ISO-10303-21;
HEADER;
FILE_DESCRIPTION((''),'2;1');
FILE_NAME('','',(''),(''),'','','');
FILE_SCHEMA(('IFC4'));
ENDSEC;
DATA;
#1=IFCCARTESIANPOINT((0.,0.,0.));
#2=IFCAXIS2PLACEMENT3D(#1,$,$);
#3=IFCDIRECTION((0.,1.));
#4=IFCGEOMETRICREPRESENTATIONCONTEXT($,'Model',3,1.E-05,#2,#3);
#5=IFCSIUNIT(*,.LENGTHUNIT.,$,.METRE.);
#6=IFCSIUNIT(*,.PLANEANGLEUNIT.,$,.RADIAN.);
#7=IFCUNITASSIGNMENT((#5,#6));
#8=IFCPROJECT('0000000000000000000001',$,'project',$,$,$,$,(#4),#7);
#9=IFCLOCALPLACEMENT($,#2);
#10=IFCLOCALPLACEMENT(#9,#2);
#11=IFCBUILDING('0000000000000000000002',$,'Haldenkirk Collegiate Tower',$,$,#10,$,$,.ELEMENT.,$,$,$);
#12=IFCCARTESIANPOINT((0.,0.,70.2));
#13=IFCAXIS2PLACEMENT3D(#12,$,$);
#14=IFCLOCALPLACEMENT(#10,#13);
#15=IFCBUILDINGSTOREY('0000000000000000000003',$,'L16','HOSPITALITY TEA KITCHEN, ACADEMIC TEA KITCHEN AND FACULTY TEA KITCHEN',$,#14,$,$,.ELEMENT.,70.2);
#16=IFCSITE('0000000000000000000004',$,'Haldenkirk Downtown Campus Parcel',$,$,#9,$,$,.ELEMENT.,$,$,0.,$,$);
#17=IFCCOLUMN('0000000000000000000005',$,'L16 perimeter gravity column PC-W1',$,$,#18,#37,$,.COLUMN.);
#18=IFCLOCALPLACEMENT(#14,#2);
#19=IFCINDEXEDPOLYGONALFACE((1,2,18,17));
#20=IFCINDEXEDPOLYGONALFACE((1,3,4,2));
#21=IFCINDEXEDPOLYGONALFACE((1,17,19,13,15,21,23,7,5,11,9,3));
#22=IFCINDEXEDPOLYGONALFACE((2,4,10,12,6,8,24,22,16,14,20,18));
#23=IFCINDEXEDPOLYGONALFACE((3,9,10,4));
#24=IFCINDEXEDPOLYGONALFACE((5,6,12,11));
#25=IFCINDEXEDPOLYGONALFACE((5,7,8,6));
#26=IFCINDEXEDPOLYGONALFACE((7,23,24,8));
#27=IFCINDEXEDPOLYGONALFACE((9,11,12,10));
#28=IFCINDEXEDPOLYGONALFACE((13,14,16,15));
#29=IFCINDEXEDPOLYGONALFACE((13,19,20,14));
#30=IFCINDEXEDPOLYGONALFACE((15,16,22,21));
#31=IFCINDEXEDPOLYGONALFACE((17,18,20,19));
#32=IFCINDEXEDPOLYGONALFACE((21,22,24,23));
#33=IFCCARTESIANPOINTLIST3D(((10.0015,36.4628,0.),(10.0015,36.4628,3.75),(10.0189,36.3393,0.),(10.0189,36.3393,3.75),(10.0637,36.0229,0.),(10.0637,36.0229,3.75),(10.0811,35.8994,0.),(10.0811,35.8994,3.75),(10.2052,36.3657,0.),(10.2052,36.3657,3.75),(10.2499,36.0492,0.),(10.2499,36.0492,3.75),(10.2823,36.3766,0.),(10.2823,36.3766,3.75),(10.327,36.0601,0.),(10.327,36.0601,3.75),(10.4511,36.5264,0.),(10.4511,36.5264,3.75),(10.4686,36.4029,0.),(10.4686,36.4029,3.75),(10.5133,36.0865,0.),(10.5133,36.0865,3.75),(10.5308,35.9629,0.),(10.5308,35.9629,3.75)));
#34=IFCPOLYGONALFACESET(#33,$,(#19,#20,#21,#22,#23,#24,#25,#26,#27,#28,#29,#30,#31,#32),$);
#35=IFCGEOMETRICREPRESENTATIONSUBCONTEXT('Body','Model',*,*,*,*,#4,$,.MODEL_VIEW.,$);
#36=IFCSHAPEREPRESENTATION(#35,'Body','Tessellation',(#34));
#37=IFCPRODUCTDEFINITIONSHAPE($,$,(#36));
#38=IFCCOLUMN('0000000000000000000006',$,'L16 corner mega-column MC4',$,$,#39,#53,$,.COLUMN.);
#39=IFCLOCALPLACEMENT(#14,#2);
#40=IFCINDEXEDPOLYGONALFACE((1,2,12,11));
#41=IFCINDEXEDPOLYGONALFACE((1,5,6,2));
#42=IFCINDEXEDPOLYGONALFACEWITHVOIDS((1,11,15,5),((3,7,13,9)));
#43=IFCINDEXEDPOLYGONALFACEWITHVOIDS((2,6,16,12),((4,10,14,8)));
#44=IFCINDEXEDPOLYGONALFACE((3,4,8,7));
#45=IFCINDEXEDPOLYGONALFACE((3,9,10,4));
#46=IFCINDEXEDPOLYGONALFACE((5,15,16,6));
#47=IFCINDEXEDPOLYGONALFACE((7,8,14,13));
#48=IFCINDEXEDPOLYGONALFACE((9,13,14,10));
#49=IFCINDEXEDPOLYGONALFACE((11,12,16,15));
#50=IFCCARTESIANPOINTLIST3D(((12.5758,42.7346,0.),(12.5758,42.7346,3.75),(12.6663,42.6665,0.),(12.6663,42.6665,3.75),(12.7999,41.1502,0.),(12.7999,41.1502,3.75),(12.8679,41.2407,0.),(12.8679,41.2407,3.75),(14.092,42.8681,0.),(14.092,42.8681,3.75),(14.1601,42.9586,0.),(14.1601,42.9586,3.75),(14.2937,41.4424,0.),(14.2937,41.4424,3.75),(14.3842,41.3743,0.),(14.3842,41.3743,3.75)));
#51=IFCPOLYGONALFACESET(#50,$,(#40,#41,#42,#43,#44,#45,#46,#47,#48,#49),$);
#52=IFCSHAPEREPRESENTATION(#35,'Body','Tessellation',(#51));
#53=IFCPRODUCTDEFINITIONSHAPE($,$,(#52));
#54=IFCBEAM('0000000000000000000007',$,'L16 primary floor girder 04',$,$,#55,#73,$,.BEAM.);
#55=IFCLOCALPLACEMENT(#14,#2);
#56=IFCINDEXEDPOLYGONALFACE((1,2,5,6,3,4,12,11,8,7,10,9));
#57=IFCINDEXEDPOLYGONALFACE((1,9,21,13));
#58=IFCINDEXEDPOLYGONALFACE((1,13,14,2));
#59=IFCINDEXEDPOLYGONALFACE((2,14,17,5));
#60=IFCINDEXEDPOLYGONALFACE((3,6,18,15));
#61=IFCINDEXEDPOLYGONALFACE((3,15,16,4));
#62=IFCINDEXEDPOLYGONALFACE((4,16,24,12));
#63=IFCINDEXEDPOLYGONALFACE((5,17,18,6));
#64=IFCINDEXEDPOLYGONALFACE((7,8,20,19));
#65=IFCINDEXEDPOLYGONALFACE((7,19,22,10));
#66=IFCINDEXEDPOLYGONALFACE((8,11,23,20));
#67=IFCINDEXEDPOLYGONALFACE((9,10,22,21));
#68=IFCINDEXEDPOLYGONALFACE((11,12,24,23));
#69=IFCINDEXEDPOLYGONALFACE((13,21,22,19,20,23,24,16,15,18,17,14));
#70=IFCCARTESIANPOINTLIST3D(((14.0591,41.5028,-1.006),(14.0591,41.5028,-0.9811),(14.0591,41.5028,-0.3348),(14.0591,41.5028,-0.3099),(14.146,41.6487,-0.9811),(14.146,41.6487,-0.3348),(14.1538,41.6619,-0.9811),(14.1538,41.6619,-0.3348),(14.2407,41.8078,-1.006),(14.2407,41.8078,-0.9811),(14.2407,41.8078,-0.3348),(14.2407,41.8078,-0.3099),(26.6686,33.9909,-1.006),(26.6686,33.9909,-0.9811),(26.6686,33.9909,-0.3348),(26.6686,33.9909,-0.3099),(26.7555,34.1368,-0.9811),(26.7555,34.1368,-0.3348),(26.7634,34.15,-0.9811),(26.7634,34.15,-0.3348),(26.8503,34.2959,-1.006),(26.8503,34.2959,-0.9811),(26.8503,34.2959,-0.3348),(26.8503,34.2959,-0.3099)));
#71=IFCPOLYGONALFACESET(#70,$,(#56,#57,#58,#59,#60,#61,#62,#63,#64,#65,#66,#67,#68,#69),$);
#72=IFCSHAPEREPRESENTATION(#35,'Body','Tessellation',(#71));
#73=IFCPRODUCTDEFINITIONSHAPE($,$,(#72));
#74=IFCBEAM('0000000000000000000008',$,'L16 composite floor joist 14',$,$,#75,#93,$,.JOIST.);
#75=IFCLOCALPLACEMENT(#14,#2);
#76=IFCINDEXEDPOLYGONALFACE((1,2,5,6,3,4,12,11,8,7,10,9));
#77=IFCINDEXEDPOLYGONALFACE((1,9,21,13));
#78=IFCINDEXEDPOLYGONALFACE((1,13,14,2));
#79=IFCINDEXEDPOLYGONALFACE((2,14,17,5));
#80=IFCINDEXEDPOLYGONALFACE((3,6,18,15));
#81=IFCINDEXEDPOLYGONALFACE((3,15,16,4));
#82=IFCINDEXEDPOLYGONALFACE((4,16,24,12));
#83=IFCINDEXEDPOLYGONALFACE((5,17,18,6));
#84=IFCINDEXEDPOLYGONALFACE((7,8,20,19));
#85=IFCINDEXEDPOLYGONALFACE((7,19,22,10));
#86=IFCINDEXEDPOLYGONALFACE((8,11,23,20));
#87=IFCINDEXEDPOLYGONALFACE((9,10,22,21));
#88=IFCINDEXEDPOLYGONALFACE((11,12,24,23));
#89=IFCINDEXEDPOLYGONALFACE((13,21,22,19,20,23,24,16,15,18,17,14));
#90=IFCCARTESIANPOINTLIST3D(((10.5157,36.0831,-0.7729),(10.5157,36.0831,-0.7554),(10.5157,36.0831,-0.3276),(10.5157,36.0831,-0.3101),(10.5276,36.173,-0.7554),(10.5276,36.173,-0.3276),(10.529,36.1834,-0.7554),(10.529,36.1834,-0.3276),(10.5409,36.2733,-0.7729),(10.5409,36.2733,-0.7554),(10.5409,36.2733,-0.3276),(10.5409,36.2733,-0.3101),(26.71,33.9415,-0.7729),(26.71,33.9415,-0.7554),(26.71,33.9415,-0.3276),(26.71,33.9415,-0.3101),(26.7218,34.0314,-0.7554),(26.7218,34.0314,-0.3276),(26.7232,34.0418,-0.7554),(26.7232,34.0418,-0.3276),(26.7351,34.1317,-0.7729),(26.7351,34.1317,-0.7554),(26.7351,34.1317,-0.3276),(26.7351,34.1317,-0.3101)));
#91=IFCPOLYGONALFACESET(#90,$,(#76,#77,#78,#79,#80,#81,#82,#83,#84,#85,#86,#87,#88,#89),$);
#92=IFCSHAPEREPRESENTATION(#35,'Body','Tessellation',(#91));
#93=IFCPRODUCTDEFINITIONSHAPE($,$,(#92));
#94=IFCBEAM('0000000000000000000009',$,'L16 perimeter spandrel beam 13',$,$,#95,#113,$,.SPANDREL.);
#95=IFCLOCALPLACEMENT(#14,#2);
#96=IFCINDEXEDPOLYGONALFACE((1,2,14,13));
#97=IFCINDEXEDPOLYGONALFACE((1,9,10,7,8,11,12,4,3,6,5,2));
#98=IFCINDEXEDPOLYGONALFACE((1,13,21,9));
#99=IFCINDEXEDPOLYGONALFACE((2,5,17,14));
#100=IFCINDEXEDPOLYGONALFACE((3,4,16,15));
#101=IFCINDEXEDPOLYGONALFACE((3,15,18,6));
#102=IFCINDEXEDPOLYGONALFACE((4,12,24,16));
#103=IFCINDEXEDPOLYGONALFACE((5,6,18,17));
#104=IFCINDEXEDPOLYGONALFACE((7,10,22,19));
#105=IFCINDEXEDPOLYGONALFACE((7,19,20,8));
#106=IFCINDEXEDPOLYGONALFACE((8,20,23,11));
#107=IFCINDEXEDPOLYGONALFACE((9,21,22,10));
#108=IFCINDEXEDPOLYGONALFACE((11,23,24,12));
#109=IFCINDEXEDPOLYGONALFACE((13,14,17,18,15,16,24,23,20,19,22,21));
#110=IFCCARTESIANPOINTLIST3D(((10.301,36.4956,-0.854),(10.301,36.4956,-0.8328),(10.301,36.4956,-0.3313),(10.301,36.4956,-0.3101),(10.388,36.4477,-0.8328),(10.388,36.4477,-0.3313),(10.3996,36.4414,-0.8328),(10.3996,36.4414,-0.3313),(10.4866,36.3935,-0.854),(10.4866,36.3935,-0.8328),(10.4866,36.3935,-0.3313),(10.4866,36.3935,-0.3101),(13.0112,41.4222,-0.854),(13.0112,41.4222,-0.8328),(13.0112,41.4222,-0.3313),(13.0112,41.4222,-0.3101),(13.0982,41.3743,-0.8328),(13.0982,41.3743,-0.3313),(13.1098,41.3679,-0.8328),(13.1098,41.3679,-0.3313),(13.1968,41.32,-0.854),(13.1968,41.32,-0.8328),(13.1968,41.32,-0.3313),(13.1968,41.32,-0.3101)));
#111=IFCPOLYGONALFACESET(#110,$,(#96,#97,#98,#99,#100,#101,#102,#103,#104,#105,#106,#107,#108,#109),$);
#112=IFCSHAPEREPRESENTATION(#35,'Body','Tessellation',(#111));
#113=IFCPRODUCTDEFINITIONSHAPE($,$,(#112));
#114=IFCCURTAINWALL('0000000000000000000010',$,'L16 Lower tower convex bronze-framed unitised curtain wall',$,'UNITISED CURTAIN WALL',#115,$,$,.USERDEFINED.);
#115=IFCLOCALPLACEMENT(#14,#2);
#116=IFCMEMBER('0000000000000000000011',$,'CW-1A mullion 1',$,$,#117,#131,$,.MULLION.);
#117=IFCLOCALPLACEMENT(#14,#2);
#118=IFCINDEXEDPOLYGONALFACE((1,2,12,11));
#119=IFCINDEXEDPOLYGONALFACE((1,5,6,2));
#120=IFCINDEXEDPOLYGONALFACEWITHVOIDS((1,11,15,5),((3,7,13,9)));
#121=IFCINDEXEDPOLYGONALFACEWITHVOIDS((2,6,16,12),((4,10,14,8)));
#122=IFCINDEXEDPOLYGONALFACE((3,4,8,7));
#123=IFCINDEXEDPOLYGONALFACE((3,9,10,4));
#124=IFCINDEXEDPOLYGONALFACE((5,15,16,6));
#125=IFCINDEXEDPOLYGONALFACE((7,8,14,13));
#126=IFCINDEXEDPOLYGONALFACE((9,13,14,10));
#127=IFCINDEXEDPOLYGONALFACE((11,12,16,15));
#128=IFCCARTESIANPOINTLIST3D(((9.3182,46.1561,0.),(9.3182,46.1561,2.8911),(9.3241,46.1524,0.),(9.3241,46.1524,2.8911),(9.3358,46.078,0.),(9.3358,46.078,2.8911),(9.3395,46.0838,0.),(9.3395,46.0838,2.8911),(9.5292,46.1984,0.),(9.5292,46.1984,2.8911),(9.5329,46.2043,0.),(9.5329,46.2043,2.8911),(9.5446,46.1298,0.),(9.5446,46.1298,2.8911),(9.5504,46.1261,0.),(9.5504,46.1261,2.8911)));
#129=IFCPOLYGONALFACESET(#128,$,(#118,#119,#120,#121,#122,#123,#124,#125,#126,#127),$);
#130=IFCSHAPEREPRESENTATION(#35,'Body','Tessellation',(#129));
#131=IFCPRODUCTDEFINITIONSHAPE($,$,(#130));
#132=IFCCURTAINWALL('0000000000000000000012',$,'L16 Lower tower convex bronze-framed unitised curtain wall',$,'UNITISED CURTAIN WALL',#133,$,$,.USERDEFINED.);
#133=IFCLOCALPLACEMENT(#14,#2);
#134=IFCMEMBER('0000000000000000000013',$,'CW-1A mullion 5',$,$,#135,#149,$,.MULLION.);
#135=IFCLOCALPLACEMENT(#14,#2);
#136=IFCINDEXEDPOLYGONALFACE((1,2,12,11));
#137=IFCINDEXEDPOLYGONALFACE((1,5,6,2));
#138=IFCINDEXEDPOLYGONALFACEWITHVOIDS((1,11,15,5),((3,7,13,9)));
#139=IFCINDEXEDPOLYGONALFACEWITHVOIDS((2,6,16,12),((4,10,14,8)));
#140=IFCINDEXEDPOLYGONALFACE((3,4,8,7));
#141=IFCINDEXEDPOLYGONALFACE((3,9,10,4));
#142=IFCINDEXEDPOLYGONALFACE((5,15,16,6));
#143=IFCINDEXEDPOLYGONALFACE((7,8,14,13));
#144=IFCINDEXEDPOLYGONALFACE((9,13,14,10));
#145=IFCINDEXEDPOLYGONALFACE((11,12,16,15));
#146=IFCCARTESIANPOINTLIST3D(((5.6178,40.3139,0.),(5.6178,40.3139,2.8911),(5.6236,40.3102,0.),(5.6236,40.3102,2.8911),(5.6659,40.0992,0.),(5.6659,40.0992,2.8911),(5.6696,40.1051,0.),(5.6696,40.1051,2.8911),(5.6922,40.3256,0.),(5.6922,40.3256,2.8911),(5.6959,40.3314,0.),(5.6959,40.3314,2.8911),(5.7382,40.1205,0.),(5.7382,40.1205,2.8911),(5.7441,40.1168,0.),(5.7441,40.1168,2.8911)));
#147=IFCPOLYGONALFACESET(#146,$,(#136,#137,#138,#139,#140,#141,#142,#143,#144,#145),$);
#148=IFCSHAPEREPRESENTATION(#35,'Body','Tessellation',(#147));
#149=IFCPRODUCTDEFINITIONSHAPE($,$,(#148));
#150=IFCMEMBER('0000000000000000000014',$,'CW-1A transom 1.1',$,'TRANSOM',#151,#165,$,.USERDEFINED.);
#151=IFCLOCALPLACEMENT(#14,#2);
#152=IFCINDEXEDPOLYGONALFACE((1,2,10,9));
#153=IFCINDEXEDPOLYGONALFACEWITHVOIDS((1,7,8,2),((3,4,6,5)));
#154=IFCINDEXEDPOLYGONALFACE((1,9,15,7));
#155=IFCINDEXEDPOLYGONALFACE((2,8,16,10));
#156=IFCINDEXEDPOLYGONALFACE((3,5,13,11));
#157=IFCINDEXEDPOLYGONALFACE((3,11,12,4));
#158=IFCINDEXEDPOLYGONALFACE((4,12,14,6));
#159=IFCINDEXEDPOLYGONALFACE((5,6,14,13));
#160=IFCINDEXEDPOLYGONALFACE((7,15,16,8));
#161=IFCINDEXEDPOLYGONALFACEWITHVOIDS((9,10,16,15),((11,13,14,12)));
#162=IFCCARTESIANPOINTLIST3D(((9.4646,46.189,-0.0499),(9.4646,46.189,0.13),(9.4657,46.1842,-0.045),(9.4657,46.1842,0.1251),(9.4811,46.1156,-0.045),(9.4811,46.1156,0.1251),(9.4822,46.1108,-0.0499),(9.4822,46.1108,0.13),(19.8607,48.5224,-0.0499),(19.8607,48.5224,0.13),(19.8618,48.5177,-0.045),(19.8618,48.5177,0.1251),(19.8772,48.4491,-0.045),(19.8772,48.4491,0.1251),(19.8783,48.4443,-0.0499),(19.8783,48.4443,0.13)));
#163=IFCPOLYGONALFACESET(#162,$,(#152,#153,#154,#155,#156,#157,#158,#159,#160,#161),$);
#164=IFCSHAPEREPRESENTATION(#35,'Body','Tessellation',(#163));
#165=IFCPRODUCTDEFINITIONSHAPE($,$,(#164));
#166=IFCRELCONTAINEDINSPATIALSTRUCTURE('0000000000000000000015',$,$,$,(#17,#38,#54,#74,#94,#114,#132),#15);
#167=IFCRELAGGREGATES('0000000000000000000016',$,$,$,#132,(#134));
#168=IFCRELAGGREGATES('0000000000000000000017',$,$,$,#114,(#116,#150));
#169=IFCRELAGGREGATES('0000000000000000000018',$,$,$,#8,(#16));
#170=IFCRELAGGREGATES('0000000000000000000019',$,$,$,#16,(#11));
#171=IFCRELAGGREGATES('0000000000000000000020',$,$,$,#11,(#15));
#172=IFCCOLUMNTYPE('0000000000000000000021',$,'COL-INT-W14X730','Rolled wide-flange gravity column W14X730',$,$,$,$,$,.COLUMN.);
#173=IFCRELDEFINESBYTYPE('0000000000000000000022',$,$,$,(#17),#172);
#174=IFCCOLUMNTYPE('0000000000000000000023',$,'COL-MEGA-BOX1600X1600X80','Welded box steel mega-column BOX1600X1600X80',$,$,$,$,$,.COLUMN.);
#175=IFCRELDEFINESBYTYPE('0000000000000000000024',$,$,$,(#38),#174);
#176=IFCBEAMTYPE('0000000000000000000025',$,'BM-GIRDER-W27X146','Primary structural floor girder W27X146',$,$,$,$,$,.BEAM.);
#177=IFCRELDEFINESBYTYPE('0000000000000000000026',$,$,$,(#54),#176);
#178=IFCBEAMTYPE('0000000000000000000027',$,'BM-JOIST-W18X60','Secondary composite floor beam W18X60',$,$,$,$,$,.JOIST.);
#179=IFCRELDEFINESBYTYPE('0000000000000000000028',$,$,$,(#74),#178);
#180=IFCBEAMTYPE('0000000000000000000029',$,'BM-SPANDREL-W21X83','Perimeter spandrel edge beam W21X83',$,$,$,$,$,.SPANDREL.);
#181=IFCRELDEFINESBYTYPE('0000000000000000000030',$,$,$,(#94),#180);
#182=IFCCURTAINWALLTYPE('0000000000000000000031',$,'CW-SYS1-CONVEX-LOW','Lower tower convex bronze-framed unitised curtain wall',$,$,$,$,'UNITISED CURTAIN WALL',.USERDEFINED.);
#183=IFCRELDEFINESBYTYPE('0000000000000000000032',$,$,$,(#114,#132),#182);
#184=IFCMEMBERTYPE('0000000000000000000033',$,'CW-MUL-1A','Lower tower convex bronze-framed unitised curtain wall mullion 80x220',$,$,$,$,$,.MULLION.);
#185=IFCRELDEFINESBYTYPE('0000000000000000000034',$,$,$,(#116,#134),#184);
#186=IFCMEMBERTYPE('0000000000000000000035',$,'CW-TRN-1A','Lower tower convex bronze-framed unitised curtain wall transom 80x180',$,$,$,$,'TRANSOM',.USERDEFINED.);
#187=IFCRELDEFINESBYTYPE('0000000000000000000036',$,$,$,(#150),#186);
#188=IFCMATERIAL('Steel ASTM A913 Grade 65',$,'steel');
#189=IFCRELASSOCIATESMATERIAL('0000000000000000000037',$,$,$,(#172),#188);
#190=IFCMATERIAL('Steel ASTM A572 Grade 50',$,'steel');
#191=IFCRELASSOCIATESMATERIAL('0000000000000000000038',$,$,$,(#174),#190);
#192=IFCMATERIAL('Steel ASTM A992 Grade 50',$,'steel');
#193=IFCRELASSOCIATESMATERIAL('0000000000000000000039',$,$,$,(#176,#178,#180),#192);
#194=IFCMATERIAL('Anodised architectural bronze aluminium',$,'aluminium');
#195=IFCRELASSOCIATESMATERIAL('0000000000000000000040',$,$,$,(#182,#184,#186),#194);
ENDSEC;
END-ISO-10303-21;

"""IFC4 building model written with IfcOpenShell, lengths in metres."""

from ifc_helpers import new_model, si_unit, direction, frame, origin, origin_2d, place, context, subcontext, project, spatial, hollow_rectangle, i_section, extrude, material, material_profile, profile_set, type_object, element, aggregate, save


model = new_model("IFC4")

# Units and contexts
model_context = context("Model", 3, precision=1e-05, world=origin(), true_north=direction((0.0, 1.0)))
body_context = subcontext(model_context, "Body", "Model", "MODEL_VIEW")
ifc_project = project(units=[si_unit("LENGTHUNIT", "METRE"), si_unit("PLANEANGLEUNIT", "RADIAN")], contexts=[model_context])

# Site, building, storey
site_placement = place(None, origin())
site = spatial("IfcSite", under=ifc_project, at=site_placement, Name="Haldenkirk Downtown Campus Parcel", CompositionType="ELEMENT", RefElevation=0.0)
building_placement = place(site_placement, origin())
building = spatial("IfcBuilding", under=site, at=building_placement, Name="Haldenkirk Collegiate Tower", CompositionType="ELEMENT")
storey_placement = place(building_placement, frame((0.0, 0.0, 70.2)))
storey = spatial("IfcBuildingStorey", under=building, at=storey_placement, Name="L16", Description="HOSPITALITY TEA KITCHEN, ACADEMIC TEA KITCHEN AND FACULTY TEA KITCHEN", CompositionType="ELEMENT", Elevation=70.2)

# Columns
ifc_material_1 = material(Name="Steel ASTM A913 Grade 65", Category="steel")
ifc_material_profile_1 = material_profile(ifc_material_1, i_section(OverallWidth=0.4541, OverallDepth=0.5691, WebThickness=0.0779, FlangeThickness=0.1248, at=origin_2d()), Name="W14X730")
ifc_profile_set_1 = profile_set([ifc_material_profile_1], Name="Steel ASTM A913 Grade 65")
column_type_1 = type_object("IfcColumnType", Name="COL-INT-W14X730", Description="Rolled wide-flange gravity column W14X730", PredefinedType="COLUMN", material=ifc_profile_set_1)
column_1_placement = place(storey_placement, frame((10.2661, 36.2129, 0.0), z_axis=(0.0, 0.0, 1.0), x_axis=(0.990146, 0.140037, 0.0)))
element("IfcColumn", 1, at=column_1_placement, inside=storey, type_object=column_type_1, Name="L16 perimeter gravity column PC-W1", PredefinedType="COLUMN", context=body_context, shape_type="SweptSolid", body=[
    extrude(i_section(OverallWidth=0.4541, OverallDepth=0.5691, WebThickness=0.0779, FlangeThickness=0.1248, at=origin_2d()), origin(), (0.0, 0.0, 1.0), 3.75),
])
ifc_material_2 = material(Name="Steel ASTM A572 Grade 50", Category="steel")
ifc_material_profile_2 = material_profile(ifc_material_2, hollow_rectangle(XDim=1.6001, YDim=1.6001, WallThickness=0.0801, at=origin_2d()), Name="BOX1600X1600X80")
ifc_profile_set_2 = profile_set([ifc_material_profile_2], Name="Steel ASTM A572 Grade 50")
column_type_2 = type_object("IfcColumnType", Name="COL-MEGA-BOX1600X1600X80", Description="Welded box steel mega-column BOX1600X1600X80", PredefinedType="COLUMN", material=ifc_profile_set_2)
column_2_placement = place(storey_placement, frame((13.48, 42.0544, 0.0), z_axis=(0.0, 0.0, 1.0), x_axis=(0.990146, 0.140037, 0.0)))
element("IfcColumn", 2, at=column_2_placement, inside=storey, type_object=column_type_2, Name="L16 corner mega-column MC4", PredefinedType="COLUMN", context=body_context, shape_type="SweptSolid", body=[
    extrude(hollow_rectangle(XDim=1.6001, YDim=1.6001, WallThickness=0.0801, at=origin_2d()), origin(), (0.0, 0.0, 1.0), 3.75),
])

# Beams
ifc_material_3 = material(Name="Steel ASTM A992 Grade 50", Category="steel")
ifc_material_profile_3 = material_profile(ifc_material_3, i_section(OverallWidth=0.355, OverallDepth=0.696, WebThickness=0.0154, FlangeThickness=0.0249, at=origin_2d()), Name="W27X146")
ifc_profile_set_3 = profile_set([ifc_material_profile_3], Name="Steel ASTM A992 Grade 50")
beam_type_1 = type_object("IfcBeamType", Name="BM-GIRDER-W27X146", Description="Primary structural floor girder W27X146", PredefinedType="BEAM", material=ifc_profile_set_3)
beam_1_placement = place(storey_placement, frame((14.1499, 41.6553, -0.658), z_axis=(0.859106, -0.511798, 0.0), x_axis=(0.511798, 0.859106, 0.0)))
element("IfcBeam", 3, at=beam_1_placement, inside=storey, type_object=beam_type_1, Name="L16 primary floor girder 04", PredefinedType="BEAM", context=body_context, shape_type="SweptSolid", body=[
    extrude(i_section(OverallWidth=0.355, OverallDepth=0.696, WebThickness=0.0154, FlangeThickness=0.0249, at=origin_2d()), origin(), (0.0, 0.0, 1.0), 14.6775),
])
ifc_material_profile_4 = material_profile(ifc_material_3, i_section(OverallWidth=0.1919, OverallDepth=0.4629, WebThickness=0.0105, FlangeThickness=0.0176, at=origin_2d()), Name="W18X60")
ifc_profile_set_4 = profile_set([ifc_material_profile_4], Name="Steel ASTM A992 Grade 50")
beam_type_2 = type_object("IfcBeamType", Name="BM-JOIST-W18X60", Description="Secondary composite floor beam W18X60", PredefinedType="JOIST", material=ifc_profile_set_4)
beam_2_placement = place(storey_placement, frame((10.5283, 36.1782, -0.5415), z_axis=(0.991369, -0.131104, 0.0), x_axis=(0.131104, 0.991369, 0.0)))
element("IfcBeam", 4, at=beam_2_placement, inside=storey, type_object=beam_type_2, Name="L16 composite floor joist 14", PredefinedType="JOIST", context=body_context, shape_type="SweptSolid", body=[
    extrude(i_section(OverallWidth=0.1919, OverallDepth=0.4629, WebThickness=0.0105, FlangeThickness=0.0176, at=origin_2d()), origin(), (0.0, 0.0, 1.0), 16.3352),
])
ifc_material_profile_5 = material_profile(ifc_material_3, i_section(OverallWidth=0.2119, OverallDepth=0.5439, WebThickness=0.0132, FlangeThickness=0.0212, at=origin_2d()), Name="W21X83")
ifc_profile_set_5 = profile_set([ifc_material_profile_5], Name="Steel ASTM A992 Grade 50")
beam_type_3 = type_object("IfcBeamType", Name="BM-SPANDREL-W21X83", Description="Perimeter spandrel edge beam W21X83", PredefinedType="SPANDREL", material=ifc_profile_set_5)
beam_3_placement = place(storey_placement, frame((13.104, 41.3711, -0.582), z_axis=(-0.482004, -0.876169, 0.0), x_axis=(0.876169, -0.482004, 0.0)))
element("IfcBeam", 5, at=beam_3_placement, inside=storey, type_object=beam_type_3, Name="L16 perimeter spandrel beam 13", PredefinedType="SPANDREL", context=body_context, shape_type="SweptSolid", body=[
    extrude(i_section(OverallWidth=0.2119, OverallDepth=0.5439, WebThickness=0.0132, FlangeThickness=0.0212, at=origin_2d()), origin(), (0.0, 0.0, 1.0), 5.6228),
])

# Curtain walls, members
ifc_material_4 = material(Name="Anodised architectural bronze aluminium", Category="aluminium")
curtain_wall_type = type_object("IfcCurtainWallType", Name="CW-SYS1-CONVEX-LOW", Description="Lower tower convex bronze-framed unitised curtain wall", ElementType="UNITISED CURTAIN WALL", PredefinedType="USERDEFINED", material=ifc_material_4)
curtain_wall_1_placement = place(storey_placement, origin())
curtain_wall_1 = element("IfcCurtainWall", 6, at=curtain_wall_1_placement, inside=storey, type_object=curtain_wall_type, Name="L16 Lower tower convex bronze-framed unitised curtain wall", ObjectType="UNITISED CURTAIN WALL", PredefinedType="USERDEFINED")
ifc_material_profile_6 = material_profile(ifc_material_4, hollow_rectangle(XDim=0.0801, YDim=0.22, WallThickness=0.0049, at=origin_2d()), Name="CW-MUL-1A")
ifc_profile_set_6 = profile_set([ifc_material_profile_6], Name="Anodised architectural bronze aluminium")
member_type_1 = type_object("IfcMemberType", Name="CW-MUL-1A", Description="Lower tower convex bronze-framed unitised curtain wall mullion 80x220", PredefinedType="MULLION", material=ifc_profile_set_6)
member_1_placement = place(storey_placement, frame((9.4343, 46.1411, 0.0), z_axis=(0.0, 0.0, 1.0), x_axis=(-0.218996, 0.975726, 0.0)))
member_1 = element("IfcMember", 7, at=member_1_placement, type_object=member_type_1, Name="CW-1A mullion 1", PredefinedType="MULLION", context=body_context, shape_type="SweptSolid", body=[
    extrude(hollow_rectangle(XDim=0.0801, YDim=0.22, WallThickness=0.0049, at=origin_2d()), origin(), (0.0, 0.0, 1.0), 2.8911),
])
curtain_wall_2_placement = place(storey_placement, origin())
curtain_wall_2 = element("IfcCurtainWall", 8, at=curtain_wall_2_placement, inside=storey, type_object=curtain_wall_type, Name="L16 Lower tower convex bronze-framed unitised curtain wall", ObjectType="UNITISED CURTAIN WALL", PredefinedType="USERDEFINED")
member_2_placement = place(storey_placement, frame((5.6809, 40.2153, 0.0), z_axis=(0.0, 0.0, 1.0), x_axis=(-0.975726, -0.218995, 0.0)))
member_2 = element("IfcMember", 9, at=member_2_placement, type_object=member_type_1, Name="CW-1A mullion 5", PredefinedType="MULLION", context=body_context, shape_type="SweptSolid", body=[
    extrude(hollow_rectangle(XDim=0.0801, YDim=0.22, WallThickness=0.0049, at=origin_2d()), origin(), (0.0, 0.0, 1.0), 2.8911),
])
aggregate(curtain_wall_2, [member_2])

# Member
ifc_material_profile_7 = material_profile(ifc_material_4, hollow_rectangle(XDim=0.0801, YDim=0.1799, WallThickness=0.0049, at=origin_2d()), Name="CW-TRN-1A")
ifc_profile_set_7 = profile_set([ifc_material_profile_7], Name="Anodised architectural bronze aluminium")
member_type_2 = type_object("IfcMemberType", Name="CW-TRN-1A", Description="Lower tower convex bronze-framed unitised curtain wall transom 80x180", ElementType="TRANSOM", PredefinedType="USERDEFINED", material=ifc_profile_set_7)
member_3_placement = place(storey_placement, frame((9.4734, 46.1499, 0.04), z_axis=(0.975723, 0.219007, 0.0), x_axis=(-0.219007, 0.975723, 0.0)))
member_3 = element("IfcMember", 10, at=member_3_placement, type_object=member_type_2, Name="CW-1A transom 1.1", ObjectType="TRANSOM", PredefinedType="USERDEFINED", context=body_context, shape_type="SweptSolid", body=[
    extrude(hollow_rectangle(XDim=0.0801, YDim=0.1799, WallThickness=0.0049, at=origin_2d()), origin(), (0.0, 0.0, 1.0), 10.6548),
])

aggregate(curtain_wall_1, [member_1, member_3])

save(model, "model.ifc")
